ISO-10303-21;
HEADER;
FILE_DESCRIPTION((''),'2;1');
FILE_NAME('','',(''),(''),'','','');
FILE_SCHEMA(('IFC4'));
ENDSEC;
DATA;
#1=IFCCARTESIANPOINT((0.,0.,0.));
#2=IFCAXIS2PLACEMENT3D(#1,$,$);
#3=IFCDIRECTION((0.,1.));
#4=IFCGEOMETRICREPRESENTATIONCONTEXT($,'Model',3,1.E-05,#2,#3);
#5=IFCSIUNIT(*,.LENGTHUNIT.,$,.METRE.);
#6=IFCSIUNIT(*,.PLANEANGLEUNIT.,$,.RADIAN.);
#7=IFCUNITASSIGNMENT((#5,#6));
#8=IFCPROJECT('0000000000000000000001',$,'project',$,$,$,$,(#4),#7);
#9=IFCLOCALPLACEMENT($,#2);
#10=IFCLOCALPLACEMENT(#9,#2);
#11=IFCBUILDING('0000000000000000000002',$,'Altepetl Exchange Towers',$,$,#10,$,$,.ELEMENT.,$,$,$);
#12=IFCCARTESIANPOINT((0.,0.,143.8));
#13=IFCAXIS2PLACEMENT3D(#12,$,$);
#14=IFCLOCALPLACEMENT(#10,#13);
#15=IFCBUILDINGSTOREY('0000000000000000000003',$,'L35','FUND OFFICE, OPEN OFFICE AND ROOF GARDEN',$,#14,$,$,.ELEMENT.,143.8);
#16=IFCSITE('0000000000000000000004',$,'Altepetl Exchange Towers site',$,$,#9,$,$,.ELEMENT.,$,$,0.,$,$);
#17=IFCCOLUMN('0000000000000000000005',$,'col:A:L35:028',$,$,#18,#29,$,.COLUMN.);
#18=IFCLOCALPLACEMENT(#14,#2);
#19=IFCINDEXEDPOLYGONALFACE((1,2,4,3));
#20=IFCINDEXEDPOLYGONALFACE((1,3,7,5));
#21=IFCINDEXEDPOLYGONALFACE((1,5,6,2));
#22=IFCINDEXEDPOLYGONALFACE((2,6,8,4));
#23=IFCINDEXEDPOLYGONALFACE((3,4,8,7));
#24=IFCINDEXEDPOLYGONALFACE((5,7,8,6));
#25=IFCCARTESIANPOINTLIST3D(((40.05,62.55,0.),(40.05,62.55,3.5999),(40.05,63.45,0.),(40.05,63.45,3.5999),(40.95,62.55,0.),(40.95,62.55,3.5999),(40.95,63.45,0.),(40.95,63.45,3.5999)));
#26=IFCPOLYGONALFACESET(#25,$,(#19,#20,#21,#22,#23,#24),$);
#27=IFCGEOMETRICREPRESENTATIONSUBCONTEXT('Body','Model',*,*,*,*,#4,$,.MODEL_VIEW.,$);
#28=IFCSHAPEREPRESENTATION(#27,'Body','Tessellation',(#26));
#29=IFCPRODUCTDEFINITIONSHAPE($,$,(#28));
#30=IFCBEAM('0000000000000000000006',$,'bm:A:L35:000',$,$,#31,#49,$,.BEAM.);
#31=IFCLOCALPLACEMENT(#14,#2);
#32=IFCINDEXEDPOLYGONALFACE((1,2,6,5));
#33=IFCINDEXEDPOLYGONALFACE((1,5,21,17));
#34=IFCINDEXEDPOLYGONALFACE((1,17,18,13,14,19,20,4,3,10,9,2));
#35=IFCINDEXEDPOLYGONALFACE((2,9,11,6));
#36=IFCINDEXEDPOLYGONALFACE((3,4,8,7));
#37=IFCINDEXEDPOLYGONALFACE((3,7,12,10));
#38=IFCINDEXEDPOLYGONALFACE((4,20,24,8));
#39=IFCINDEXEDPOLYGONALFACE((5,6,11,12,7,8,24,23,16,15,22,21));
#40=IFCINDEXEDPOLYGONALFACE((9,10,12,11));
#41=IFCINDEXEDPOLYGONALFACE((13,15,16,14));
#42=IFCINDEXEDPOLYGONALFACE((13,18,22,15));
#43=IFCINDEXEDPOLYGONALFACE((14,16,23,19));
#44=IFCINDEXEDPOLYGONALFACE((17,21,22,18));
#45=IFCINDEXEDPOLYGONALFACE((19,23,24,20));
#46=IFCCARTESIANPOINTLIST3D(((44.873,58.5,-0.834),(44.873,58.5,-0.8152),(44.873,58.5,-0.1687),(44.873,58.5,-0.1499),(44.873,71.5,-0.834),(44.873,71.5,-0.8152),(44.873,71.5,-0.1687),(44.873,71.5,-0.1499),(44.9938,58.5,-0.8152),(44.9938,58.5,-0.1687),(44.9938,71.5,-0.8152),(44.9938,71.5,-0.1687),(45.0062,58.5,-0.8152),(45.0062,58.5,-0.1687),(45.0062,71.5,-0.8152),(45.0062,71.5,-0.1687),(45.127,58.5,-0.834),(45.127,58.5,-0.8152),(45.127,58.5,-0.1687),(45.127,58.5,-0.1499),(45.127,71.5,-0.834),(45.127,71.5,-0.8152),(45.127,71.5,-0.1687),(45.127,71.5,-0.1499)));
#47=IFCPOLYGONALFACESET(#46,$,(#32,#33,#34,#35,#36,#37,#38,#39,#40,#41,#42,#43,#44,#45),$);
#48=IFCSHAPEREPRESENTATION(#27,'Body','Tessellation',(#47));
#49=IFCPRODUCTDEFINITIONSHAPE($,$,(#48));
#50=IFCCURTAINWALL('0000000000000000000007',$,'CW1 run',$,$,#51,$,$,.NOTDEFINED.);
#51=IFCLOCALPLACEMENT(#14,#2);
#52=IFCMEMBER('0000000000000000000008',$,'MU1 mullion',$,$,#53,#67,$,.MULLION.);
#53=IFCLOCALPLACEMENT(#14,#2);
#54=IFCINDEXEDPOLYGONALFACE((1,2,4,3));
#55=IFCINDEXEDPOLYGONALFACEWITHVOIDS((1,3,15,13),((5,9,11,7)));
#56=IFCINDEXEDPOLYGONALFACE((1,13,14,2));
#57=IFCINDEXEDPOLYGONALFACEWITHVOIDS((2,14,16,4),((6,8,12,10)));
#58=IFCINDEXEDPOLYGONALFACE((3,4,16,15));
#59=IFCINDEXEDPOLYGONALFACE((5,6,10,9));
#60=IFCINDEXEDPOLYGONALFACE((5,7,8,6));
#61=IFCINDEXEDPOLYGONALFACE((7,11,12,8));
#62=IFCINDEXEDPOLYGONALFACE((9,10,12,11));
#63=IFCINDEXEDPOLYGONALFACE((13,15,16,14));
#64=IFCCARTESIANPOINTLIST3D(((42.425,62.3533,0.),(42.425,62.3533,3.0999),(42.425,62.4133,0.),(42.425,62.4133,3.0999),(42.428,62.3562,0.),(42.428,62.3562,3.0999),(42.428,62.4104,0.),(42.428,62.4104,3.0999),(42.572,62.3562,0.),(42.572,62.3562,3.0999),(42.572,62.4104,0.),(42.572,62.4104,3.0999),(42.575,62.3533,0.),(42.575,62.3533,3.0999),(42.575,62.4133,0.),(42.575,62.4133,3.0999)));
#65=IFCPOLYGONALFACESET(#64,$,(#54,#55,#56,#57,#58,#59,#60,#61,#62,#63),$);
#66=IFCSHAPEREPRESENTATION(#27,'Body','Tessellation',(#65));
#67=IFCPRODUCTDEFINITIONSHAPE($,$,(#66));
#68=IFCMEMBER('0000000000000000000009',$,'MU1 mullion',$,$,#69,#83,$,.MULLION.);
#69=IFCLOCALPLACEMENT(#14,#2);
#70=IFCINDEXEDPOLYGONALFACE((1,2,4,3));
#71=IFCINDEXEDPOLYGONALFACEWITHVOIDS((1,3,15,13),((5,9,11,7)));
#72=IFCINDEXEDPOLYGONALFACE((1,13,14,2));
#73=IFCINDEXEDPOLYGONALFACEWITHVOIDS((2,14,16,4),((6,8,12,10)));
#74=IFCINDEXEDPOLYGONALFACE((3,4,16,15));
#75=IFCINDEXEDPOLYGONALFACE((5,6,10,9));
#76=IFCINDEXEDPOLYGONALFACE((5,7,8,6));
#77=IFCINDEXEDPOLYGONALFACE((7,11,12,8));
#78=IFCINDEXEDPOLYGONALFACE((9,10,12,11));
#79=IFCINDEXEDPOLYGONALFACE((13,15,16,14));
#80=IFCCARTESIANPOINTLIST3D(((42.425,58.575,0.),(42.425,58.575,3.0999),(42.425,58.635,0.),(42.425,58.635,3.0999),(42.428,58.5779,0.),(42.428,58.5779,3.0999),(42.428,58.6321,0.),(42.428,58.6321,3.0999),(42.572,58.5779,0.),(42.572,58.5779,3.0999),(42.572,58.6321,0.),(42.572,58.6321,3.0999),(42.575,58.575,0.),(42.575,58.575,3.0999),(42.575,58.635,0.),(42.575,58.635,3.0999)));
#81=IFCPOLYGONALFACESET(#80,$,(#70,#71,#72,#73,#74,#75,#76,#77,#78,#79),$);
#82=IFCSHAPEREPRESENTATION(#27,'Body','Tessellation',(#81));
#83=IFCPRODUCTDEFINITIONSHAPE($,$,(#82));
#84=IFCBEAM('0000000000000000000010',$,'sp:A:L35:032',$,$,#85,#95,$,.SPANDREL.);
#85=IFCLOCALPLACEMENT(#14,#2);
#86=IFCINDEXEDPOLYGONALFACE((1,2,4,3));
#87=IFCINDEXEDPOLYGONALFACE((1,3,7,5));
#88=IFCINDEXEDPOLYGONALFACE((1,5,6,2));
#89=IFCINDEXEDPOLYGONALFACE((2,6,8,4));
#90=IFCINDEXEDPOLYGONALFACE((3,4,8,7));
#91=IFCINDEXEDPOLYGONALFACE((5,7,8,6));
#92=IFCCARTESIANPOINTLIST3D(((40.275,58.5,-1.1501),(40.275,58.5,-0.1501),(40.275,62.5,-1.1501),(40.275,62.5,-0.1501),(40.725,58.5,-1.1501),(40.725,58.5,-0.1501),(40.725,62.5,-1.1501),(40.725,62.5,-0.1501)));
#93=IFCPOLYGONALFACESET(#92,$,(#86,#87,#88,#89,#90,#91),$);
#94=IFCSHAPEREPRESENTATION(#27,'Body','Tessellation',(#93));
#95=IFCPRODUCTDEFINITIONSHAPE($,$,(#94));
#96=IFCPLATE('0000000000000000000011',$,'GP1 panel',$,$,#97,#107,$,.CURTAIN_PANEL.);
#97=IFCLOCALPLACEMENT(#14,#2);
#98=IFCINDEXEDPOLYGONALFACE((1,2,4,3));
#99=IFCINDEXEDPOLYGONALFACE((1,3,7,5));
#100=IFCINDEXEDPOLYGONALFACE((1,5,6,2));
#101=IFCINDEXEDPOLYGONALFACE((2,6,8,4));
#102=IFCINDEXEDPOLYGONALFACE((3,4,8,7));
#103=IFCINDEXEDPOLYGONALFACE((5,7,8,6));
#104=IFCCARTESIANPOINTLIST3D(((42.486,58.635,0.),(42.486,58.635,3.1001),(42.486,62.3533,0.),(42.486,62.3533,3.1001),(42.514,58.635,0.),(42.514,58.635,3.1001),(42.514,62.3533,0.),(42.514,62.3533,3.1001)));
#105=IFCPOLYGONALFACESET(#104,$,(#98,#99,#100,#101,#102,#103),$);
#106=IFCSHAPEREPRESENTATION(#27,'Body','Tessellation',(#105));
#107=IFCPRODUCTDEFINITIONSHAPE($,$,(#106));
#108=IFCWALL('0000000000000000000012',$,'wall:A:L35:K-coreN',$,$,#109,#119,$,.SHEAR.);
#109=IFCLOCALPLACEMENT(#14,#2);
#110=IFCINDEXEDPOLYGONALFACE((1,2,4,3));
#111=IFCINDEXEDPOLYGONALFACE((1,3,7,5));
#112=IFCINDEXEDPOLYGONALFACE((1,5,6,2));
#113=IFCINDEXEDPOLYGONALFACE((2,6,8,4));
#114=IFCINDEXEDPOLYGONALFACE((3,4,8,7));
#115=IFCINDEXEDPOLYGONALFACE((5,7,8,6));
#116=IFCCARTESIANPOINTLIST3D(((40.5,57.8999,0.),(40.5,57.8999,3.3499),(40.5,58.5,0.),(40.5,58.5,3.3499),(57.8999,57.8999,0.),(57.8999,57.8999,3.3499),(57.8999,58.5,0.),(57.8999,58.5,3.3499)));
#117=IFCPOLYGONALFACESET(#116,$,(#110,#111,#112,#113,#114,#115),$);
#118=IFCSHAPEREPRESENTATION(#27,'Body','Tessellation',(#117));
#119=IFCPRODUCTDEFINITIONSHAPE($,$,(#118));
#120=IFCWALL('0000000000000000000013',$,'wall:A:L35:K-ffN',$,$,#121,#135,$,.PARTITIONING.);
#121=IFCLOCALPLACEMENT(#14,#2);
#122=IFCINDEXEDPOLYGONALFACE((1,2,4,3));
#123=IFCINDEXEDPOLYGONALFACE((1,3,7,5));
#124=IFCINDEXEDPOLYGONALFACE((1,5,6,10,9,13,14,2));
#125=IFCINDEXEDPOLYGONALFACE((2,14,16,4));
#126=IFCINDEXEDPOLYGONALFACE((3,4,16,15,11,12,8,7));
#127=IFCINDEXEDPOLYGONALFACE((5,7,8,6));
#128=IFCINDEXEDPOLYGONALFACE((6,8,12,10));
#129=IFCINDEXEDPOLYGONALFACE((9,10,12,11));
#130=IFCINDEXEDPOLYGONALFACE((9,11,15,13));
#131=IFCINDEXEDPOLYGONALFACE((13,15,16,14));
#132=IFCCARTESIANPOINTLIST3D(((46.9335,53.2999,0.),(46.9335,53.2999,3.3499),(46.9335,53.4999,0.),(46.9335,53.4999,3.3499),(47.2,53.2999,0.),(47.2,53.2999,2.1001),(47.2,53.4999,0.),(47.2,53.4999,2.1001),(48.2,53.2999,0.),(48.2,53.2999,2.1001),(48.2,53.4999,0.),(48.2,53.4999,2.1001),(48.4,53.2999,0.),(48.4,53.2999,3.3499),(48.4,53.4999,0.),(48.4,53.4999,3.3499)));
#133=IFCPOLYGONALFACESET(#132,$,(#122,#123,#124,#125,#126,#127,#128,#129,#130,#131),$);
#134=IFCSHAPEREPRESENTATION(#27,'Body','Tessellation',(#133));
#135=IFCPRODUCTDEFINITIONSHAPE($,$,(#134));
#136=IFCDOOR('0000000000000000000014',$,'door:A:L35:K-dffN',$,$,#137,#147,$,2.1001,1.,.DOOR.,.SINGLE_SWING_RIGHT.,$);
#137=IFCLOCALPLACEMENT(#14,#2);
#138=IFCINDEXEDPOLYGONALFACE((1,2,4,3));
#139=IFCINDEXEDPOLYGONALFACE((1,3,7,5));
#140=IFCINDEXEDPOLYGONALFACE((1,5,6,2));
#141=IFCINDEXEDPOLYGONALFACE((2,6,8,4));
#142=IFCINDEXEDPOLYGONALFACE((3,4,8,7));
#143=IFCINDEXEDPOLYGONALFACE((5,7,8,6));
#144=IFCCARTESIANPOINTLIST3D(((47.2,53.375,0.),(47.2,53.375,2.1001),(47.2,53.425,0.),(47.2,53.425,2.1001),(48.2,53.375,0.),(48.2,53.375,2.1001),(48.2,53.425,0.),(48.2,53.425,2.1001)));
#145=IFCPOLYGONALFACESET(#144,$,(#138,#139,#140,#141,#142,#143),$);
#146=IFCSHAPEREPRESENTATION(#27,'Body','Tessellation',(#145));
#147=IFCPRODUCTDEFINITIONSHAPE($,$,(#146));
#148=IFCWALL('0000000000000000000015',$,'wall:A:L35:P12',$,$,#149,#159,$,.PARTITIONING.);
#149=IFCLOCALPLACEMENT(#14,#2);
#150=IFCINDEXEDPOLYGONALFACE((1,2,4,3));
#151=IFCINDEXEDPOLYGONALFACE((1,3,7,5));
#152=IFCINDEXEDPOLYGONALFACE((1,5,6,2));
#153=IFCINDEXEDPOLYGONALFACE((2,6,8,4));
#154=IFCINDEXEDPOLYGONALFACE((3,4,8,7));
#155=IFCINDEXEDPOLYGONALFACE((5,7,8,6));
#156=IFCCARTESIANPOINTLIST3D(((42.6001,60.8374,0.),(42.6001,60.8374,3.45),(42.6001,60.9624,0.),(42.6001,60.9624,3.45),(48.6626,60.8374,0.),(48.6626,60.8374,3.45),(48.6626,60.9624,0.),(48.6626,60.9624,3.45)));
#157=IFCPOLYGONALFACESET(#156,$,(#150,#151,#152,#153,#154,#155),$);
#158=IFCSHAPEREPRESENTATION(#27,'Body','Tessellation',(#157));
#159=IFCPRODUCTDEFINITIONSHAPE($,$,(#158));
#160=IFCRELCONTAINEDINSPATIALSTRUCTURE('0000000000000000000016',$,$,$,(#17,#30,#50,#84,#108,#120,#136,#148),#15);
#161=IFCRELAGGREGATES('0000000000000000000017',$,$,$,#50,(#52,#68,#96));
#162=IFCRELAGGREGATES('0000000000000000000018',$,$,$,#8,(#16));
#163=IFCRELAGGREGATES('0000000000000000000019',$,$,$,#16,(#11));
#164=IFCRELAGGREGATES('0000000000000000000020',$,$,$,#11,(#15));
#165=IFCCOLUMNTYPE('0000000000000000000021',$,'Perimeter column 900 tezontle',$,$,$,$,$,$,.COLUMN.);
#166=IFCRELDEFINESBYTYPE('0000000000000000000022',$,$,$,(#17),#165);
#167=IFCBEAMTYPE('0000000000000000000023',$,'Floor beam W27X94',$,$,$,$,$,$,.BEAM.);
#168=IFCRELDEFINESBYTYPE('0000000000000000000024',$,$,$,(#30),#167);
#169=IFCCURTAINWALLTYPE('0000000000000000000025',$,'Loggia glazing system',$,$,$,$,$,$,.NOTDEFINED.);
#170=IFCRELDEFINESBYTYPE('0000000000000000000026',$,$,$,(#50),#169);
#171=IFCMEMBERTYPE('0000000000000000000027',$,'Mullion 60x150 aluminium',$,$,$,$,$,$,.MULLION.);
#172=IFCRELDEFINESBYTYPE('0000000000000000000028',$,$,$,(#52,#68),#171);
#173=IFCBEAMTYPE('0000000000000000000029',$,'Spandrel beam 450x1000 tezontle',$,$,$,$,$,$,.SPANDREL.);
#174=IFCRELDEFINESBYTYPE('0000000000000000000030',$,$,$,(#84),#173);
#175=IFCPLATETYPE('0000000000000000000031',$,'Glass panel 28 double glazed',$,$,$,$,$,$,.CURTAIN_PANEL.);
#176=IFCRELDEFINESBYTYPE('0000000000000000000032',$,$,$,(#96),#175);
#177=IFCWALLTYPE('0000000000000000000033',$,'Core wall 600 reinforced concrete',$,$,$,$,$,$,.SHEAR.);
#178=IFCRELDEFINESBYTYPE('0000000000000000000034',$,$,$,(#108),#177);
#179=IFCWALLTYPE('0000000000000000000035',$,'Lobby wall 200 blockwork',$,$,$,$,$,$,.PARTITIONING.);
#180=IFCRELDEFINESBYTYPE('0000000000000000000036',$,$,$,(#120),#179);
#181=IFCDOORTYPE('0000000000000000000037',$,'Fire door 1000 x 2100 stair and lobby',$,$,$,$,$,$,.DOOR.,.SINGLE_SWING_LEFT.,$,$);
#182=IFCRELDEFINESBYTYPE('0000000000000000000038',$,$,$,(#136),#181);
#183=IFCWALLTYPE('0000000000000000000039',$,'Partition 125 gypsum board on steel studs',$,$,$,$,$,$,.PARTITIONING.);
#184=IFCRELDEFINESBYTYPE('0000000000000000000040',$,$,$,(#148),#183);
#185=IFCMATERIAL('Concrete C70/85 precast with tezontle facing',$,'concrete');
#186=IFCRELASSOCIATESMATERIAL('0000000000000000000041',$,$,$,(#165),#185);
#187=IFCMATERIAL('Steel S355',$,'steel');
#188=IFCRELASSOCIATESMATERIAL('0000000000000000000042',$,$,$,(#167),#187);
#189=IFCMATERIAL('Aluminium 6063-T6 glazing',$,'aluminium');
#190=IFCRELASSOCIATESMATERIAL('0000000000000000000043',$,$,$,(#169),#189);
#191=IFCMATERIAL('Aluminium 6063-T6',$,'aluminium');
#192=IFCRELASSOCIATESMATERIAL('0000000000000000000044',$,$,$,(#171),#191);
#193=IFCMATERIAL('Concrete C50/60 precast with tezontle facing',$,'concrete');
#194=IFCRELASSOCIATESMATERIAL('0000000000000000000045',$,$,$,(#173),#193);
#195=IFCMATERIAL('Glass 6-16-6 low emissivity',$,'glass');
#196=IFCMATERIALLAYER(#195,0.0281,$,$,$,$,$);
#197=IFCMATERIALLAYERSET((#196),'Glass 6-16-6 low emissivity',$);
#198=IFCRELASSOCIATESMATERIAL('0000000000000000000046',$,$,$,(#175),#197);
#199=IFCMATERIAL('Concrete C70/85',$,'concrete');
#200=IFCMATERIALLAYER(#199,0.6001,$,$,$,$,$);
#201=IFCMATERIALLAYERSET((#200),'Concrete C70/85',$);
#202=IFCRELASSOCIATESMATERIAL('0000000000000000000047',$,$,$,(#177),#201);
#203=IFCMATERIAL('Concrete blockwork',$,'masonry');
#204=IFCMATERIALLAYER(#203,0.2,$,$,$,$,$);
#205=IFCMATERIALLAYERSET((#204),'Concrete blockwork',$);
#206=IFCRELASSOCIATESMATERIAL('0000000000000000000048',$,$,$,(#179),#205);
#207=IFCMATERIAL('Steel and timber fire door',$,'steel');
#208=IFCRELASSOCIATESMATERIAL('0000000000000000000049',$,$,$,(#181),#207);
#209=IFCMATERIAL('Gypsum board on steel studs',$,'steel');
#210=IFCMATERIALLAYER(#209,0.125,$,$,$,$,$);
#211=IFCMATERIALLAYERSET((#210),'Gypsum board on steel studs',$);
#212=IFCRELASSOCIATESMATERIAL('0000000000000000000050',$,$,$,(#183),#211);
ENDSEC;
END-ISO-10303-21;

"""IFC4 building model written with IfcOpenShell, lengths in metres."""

from ifc_helpers import new_model, si_unit, direction, frame, frame_2d, origin, origin_2d, place, context, subcontext, project, spatial, rectangle, hollow_rectangle, i_section, extrude, material, layer, layer_set, material_profile, profile_set, type_object, element, fill, aggregate, save


model = new_model("IFC4")

# Units and contexts
model_context = context("Model", 3, precision=1e-05, world=origin(), true_north=direction((0.0, 1.0)))
body_context = subcontext(model_context, "Body", "Model", "MODEL_VIEW")
ifc_project = project(units=[si_unit("LENGTHUNIT", "METRE"), si_unit("PLANEANGLEUNIT", "RADIAN")], contexts=[model_context])

# Site, building, storey
site_placement = place(None, origin())
site = spatial("IfcSite", under=ifc_project, at=site_placement, Name="Altepetl Exchange Towers site", CompositionType="ELEMENT", RefElevation=0.0)
building_placement = place(site_placement, origin())
building = spatial("IfcBuilding", under=site, at=building_placement, Name="Altepetl Exchange Towers", CompositionType="ELEMENT")
storey_placement = place(building_placement, frame((0.0, 0.0, 143.8)))
storey = spatial("IfcBuildingStorey", under=building, at=storey_placement, Name="L35", Description="FUND OFFICE, OPEN OFFICE AND ROOF GARDEN", CompositionType="ELEMENT", Elevation=143.8)

# Column
ifc_material_1 = material(Name="Concrete C70/85 precast with tezontle facing", Category="concrete")
ifc_material_profile_1 = material_profile(ifc_material_1, rectangle(XDim=0.8999, YDim=0.8999, at=origin_2d()), Name="900 x 900")
ifc_profile_set_1 = profile_set([ifc_material_profile_1], Name="Concrete C70/85 precast with tezontle facing")
column_type = type_object("IfcColumnType", Name="Perimeter column 900 tezontle", PredefinedType="COLUMN", material=ifc_profile_set_1)
column_placement = place(storey_placement, frame((40.5, 63.0, 0.0)))
element("IfcColumn", 1, at=column_placement, inside=storey, type_object=column_type, Name="col:A:L35:028", PredefinedType="COLUMN", context=body_context, shape_type="SweptSolid", body=[
    extrude(rectangle(XDim=0.8999, YDim=0.8999, at=origin_2d()), origin(), (0.0, 0.0, 1.0), 3.5999),
])

# Beam
ifc_material_2 = material(Name="Steel S355", Category="steel")
ifc_material_profile_2 = material_profile(ifc_material_2, i_section(OverallWidth=0.2539, OverallDepth=0.6841, WebThickness=0.0125, FlangeThickness=0.0188, at=origin_2d()), Name="W27X94")
ifc_profile_set_2 = profile_set([ifc_material_profile_2], Name="Steel S355")
beam_type_1 = type_object("IfcBeamType", Name="Floor beam W27X94", PredefinedType="BEAM", material=ifc_profile_set_2)
beam_1_placement = place(storey_placement, frame((45.0, 58.5, -0.4919), z_axis=(0.0, 1.0, 0.0), x_axis=(-1.0, 0.0, 0.0)))
element("IfcBeam", 2, at=beam_1_placement, inside=storey, type_object=beam_type_1, Name="bm:A:L35:000", PredefinedType="BEAM", context=body_context, shape_type="SweptSolid", body=[
    extrude(i_section(OverallWidth=0.2539, OverallDepth=0.6841, WebThickness=0.0125, FlangeThickness=0.0188, at=origin_2d()), origin(), (0.0, 0.0, 1.0), 13.0),
])

# Curtain wall, members
ifc_material_3 = material(Name="Aluminium 6063-T6 glazing", Category="aluminium")
curtain_wall_type = type_object("IfcCurtainWallType", Name="Loggia glazing system", PredefinedType="NOTDEFINED", material=ifc_material_3)
curtain_wall_placement = place(storey_placement, origin())
curtain_wall = element("IfcCurtainWall", 3, at=curtain_wall_placement, inside=storey, type_object=curtain_wall_type, Name="CW1 run", PredefinedType="NOTDEFINED")
ifc_material_4 = material(Name="Aluminium 6063-T6", Category="aluminium")
ifc_material_profile_3 = material_profile(ifc_material_4, hollow_rectangle(XDim=0.0601, YDim=0.1499, WallThickness=0.0029, at=origin_2d()), Name="Mullion 60x150 aluminium")
ifc_profile_set_3 = profile_set([ifc_material_profile_3], Name="Aluminium 6063-T6")
member_type = type_object("IfcMemberType", Name="Mullion 60x150 aluminium", PredefinedType="MULLION", material=ifc_profile_set_3)
member_1_placement = place(storey_placement, frame((42.5, 62.3833, 0.0), z_axis=(0.0, 0.0, 1.0), x_axis=(0.0, -1.0, 0.0)))
member_1 = element("IfcMember", 4, at=member_1_placement, type_object=member_type, Name="MU1 mullion", PredefinedType="MULLION", context=body_context, shape_type="SweptSolid", body=[
    extrude(hollow_rectangle(XDim=0.0601, YDim=0.1499, WallThickness=0.0029, at=origin_2d()), origin(), (0.0, 0.0, 1.0), 3.0999),
])
member_2_placement = place(storey_placement, frame((42.5, 58.605, 0.0), z_axis=(0.0, 0.0, 1.0), x_axis=(0.0, -1.0, 0.0)))
member_2 = element("IfcMember", 5, at=member_2_placement, type_object=member_type, Name="MU1 mullion", PredefinedType="MULLION", context=body_context, shape_type="SweptSolid", body=[
    extrude(hollow_rectangle(XDim=0.0601, YDim=0.1499, WallThickness=0.0029, at=origin_2d()), origin(), (0.0, 0.0, 1.0), 3.0999),
])

# Beam
ifc_material_5 = material(Name="Concrete C50/60 precast with tezontle facing", Category="concrete")
ifc_material_profile_4 = material_profile(ifc_material_5, rectangle(XDim=0.45, YDim=1.0, at=origin_2d()), Name="450 x 1000")
ifc_profile_set_4 = profile_set([ifc_material_profile_4], Name="Concrete C50/60 precast with tezontle facing")
beam_type_2 = type_object("IfcBeamType", Name="Spandrel beam 450x1000 tezontle", PredefinedType="SPANDREL", material=ifc_profile_set_4)
beam_2_placement = place(storey_placement, frame((40.5, 62.5, -0.6501), z_axis=(0.0, -1.0, 0.0), x_axis=(1.0, 0.0, 0.0)))
element("IfcBeam", 6, at=beam_2_placement, inside=storey, type_object=beam_type_2, Name="sp:A:L35:032", PredefinedType="SPANDREL", context=body_context, shape_type="SweptSolid", body=[
    extrude(rectangle(XDim=0.45, YDim=1.0, at=origin_2d()), origin(), (0.0, 0.0, 1.0), 4.0),
])

# Plate
ifc_material_6 = material(Name="Glass 6-16-6 low emissivity", Category="glass")
ifc_layer_1 = layer(ifc_material_6, 0.0281)
ifc_layer_set_1 = layer_set([ifc_layer_1], Name="Glass 6-16-6 low emissivity")
plate_type = type_object("IfcPlateType", Name="Glass panel 28 double glazed", PredefinedType="CURTAIN_PANEL", material=ifc_layer_set_1)
plate_placement = place(storey_placement, frame((42.5, 60.4941, 0.0), z_axis=(0.0, 0.0, 1.0), x_axis=(0.0, -1.0, 0.0)))
plate = element("IfcPlate", 7, at=plate_placement, type_object=plate_type, Name="GP1 panel", PredefinedType="CURTAIN_PANEL", context=body_context, shape_type="SweptSolid", body=[
    extrude(rectangle(XDim=3.7183, YDim=0.0281, at=origin_2d()), origin(), (0.0, 0.0, 1.0), 3.1001),
])
aggregate(curtain_wall, [member_1, member_2, plate])

# Wall
ifc_material_7 = material(Name="Concrete C70/85", Category="concrete")
ifc_layer_2 = layer(ifc_material_7, 0.6001)
ifc_layer_set_2 = layer_set([ifc_layer_2], Name="Concrete C70/85")
wall_type_1 = type_object("IfcWallType", Name="Core wall 600 reinforced concrete", PredefinedType="SHEAR", material=ifc_layer_set_2)
wall_1_placement = place(storey_placement, frame((40.5, 58.2, 0.0)))
element("IfcWall", 8, at=wall_1_placement, inside=storey, type_object=wall_type_1, Name="wall:A:L35:K-coreN", PredefinedType="SHEAR", context=body_context, shape_type="SweptSolid", body=[
    extrude(rectangle(XDim=17.3999, YDim=0.6001, at=frame_2d((8.7, 0.0))), origin(), (0.0, 0.0, 1.0), 3.3499),
])

# Wall, opening, door
ifc_material_8 = material(Name="Concrete blockwork", Category="masonry")
ifc_layer_3 = layer(ifc_material_8, 0.2)
ifc_layer_set_3 = layer_set([ifc_layer_3], Name="Concrete blockwork")
wall_type_2 = type_object("IfcWallType", Name="Lobby wall 200 blockwork", PredefinedType="PARTITIONING", material=ifc_layer_set_3)
wall_2_placement = place(storey_placement, frame((46.9333, 53.3999, 0.0)))
wall_2 = element("IfcWall", 9, at=wall_2_placement, inside=storey, type_object=wall_type_2, Name="wall:A:L35:K-ffN", PredefinedType="PARTITIONING", context=body_context, shape_type="SweptSolid", body=[
    extrude(rectangle(XDim=1.4666, YDim=0.2, at=frame_2d((0.7334, 0.0))), origin(), (0.0, 0.0, 1.0), 3.3499),
])
opening_1_placement = place(wall_2_placement, frame((0.2666, 0.0, 0.0)))
opening_1 = element("IfcOpeningElement", 10, at=opening_1_placement, cuts=wall_2, PredefinedType="OPENING", context=body_context, shape_type="SweptSolid", body=[
    extrude(rectangle(XDim=1.0, YDim=2.1001, at=frame_2d((0.5, 1.05))), frame((0.0, 0.1099, 0.0), z_axis=(0.0, -1.0, 0.0), x_axis=(1.0, 0.0, 0.0)), (0.0, 0.0, 1.0), 0.22),
])
ifc_material_9 = material(Name="Steel and timber fire door", Category="steel")
door_type_1 = type_object("IfcDoorType", Name="Fire door 1000 x 2100 stair and lobby", OperationType="SINGLE_SWING_LEFT", PredefinedType="DOOR", material=ifc_material_9)
door_1_placement = place(opening_1_placement, frame((1.0, 0.0, 0.0), x_axis=(-1.0, 0.0, 0.0)))
door_1 = element("IfcDoor", 11, at=door_1_placement, inside=storey, type_object=door_type_1, Name="door:A:L35:K-dffN", OperationType="SINGLE_SWING_RIGHT", OverallHeight=2.1001, OverallWidth=1.0, PredefinedType="DOOR", context=body_context, shape_type="SweptSolid", body=[
    extrude(rectangle(XDim=1.0, YDim=2.1001, at=frame_2d((0.5, 1.05))), frame((0.0, 0.0249, 0.0), z_axis=(0.0, -1.0, 0.0), x_axis=(1.0, 0.0, 0.0)), (0.0, 0.0, 1.0), 0.05),
])
fill(opening_1, door_1)

# Wall
ifc_material_10 = material(Name="Gypsum board on steel studs", Category="steel")
ifc_layer_4 = layer(ifc_material_10, 0.125)
ifc_layer_set_4 = layer_set([ifc_layer_4], Name="Gypsum board on steel studs")
wall_type_3 = type_object("IfcWallType", Name="Partition 125 gypsum board on steel studs", PredefinedType="PARTITIONING", material=ifc_layer_set_4)
wall_3_placement = place(storey_placement, frame((42.6001, 60.8999, 0.0)))
element("IfcWall", 12, at=wall_3_placement, inside=storey, type_object=wall_type_3, Name="wall:A:L35:P12", PredefinedType="PARTITIONING", context=body_context, shape_type="SweptSolid", body=[
    extrude(rectangle(XDim=6.0625, YDim=0.125, at=frame_2d((3.0312, 0.0))), origin(), (0.0, 0.0, 1.0), 3.45),
])

save(model, "model.ifc")
